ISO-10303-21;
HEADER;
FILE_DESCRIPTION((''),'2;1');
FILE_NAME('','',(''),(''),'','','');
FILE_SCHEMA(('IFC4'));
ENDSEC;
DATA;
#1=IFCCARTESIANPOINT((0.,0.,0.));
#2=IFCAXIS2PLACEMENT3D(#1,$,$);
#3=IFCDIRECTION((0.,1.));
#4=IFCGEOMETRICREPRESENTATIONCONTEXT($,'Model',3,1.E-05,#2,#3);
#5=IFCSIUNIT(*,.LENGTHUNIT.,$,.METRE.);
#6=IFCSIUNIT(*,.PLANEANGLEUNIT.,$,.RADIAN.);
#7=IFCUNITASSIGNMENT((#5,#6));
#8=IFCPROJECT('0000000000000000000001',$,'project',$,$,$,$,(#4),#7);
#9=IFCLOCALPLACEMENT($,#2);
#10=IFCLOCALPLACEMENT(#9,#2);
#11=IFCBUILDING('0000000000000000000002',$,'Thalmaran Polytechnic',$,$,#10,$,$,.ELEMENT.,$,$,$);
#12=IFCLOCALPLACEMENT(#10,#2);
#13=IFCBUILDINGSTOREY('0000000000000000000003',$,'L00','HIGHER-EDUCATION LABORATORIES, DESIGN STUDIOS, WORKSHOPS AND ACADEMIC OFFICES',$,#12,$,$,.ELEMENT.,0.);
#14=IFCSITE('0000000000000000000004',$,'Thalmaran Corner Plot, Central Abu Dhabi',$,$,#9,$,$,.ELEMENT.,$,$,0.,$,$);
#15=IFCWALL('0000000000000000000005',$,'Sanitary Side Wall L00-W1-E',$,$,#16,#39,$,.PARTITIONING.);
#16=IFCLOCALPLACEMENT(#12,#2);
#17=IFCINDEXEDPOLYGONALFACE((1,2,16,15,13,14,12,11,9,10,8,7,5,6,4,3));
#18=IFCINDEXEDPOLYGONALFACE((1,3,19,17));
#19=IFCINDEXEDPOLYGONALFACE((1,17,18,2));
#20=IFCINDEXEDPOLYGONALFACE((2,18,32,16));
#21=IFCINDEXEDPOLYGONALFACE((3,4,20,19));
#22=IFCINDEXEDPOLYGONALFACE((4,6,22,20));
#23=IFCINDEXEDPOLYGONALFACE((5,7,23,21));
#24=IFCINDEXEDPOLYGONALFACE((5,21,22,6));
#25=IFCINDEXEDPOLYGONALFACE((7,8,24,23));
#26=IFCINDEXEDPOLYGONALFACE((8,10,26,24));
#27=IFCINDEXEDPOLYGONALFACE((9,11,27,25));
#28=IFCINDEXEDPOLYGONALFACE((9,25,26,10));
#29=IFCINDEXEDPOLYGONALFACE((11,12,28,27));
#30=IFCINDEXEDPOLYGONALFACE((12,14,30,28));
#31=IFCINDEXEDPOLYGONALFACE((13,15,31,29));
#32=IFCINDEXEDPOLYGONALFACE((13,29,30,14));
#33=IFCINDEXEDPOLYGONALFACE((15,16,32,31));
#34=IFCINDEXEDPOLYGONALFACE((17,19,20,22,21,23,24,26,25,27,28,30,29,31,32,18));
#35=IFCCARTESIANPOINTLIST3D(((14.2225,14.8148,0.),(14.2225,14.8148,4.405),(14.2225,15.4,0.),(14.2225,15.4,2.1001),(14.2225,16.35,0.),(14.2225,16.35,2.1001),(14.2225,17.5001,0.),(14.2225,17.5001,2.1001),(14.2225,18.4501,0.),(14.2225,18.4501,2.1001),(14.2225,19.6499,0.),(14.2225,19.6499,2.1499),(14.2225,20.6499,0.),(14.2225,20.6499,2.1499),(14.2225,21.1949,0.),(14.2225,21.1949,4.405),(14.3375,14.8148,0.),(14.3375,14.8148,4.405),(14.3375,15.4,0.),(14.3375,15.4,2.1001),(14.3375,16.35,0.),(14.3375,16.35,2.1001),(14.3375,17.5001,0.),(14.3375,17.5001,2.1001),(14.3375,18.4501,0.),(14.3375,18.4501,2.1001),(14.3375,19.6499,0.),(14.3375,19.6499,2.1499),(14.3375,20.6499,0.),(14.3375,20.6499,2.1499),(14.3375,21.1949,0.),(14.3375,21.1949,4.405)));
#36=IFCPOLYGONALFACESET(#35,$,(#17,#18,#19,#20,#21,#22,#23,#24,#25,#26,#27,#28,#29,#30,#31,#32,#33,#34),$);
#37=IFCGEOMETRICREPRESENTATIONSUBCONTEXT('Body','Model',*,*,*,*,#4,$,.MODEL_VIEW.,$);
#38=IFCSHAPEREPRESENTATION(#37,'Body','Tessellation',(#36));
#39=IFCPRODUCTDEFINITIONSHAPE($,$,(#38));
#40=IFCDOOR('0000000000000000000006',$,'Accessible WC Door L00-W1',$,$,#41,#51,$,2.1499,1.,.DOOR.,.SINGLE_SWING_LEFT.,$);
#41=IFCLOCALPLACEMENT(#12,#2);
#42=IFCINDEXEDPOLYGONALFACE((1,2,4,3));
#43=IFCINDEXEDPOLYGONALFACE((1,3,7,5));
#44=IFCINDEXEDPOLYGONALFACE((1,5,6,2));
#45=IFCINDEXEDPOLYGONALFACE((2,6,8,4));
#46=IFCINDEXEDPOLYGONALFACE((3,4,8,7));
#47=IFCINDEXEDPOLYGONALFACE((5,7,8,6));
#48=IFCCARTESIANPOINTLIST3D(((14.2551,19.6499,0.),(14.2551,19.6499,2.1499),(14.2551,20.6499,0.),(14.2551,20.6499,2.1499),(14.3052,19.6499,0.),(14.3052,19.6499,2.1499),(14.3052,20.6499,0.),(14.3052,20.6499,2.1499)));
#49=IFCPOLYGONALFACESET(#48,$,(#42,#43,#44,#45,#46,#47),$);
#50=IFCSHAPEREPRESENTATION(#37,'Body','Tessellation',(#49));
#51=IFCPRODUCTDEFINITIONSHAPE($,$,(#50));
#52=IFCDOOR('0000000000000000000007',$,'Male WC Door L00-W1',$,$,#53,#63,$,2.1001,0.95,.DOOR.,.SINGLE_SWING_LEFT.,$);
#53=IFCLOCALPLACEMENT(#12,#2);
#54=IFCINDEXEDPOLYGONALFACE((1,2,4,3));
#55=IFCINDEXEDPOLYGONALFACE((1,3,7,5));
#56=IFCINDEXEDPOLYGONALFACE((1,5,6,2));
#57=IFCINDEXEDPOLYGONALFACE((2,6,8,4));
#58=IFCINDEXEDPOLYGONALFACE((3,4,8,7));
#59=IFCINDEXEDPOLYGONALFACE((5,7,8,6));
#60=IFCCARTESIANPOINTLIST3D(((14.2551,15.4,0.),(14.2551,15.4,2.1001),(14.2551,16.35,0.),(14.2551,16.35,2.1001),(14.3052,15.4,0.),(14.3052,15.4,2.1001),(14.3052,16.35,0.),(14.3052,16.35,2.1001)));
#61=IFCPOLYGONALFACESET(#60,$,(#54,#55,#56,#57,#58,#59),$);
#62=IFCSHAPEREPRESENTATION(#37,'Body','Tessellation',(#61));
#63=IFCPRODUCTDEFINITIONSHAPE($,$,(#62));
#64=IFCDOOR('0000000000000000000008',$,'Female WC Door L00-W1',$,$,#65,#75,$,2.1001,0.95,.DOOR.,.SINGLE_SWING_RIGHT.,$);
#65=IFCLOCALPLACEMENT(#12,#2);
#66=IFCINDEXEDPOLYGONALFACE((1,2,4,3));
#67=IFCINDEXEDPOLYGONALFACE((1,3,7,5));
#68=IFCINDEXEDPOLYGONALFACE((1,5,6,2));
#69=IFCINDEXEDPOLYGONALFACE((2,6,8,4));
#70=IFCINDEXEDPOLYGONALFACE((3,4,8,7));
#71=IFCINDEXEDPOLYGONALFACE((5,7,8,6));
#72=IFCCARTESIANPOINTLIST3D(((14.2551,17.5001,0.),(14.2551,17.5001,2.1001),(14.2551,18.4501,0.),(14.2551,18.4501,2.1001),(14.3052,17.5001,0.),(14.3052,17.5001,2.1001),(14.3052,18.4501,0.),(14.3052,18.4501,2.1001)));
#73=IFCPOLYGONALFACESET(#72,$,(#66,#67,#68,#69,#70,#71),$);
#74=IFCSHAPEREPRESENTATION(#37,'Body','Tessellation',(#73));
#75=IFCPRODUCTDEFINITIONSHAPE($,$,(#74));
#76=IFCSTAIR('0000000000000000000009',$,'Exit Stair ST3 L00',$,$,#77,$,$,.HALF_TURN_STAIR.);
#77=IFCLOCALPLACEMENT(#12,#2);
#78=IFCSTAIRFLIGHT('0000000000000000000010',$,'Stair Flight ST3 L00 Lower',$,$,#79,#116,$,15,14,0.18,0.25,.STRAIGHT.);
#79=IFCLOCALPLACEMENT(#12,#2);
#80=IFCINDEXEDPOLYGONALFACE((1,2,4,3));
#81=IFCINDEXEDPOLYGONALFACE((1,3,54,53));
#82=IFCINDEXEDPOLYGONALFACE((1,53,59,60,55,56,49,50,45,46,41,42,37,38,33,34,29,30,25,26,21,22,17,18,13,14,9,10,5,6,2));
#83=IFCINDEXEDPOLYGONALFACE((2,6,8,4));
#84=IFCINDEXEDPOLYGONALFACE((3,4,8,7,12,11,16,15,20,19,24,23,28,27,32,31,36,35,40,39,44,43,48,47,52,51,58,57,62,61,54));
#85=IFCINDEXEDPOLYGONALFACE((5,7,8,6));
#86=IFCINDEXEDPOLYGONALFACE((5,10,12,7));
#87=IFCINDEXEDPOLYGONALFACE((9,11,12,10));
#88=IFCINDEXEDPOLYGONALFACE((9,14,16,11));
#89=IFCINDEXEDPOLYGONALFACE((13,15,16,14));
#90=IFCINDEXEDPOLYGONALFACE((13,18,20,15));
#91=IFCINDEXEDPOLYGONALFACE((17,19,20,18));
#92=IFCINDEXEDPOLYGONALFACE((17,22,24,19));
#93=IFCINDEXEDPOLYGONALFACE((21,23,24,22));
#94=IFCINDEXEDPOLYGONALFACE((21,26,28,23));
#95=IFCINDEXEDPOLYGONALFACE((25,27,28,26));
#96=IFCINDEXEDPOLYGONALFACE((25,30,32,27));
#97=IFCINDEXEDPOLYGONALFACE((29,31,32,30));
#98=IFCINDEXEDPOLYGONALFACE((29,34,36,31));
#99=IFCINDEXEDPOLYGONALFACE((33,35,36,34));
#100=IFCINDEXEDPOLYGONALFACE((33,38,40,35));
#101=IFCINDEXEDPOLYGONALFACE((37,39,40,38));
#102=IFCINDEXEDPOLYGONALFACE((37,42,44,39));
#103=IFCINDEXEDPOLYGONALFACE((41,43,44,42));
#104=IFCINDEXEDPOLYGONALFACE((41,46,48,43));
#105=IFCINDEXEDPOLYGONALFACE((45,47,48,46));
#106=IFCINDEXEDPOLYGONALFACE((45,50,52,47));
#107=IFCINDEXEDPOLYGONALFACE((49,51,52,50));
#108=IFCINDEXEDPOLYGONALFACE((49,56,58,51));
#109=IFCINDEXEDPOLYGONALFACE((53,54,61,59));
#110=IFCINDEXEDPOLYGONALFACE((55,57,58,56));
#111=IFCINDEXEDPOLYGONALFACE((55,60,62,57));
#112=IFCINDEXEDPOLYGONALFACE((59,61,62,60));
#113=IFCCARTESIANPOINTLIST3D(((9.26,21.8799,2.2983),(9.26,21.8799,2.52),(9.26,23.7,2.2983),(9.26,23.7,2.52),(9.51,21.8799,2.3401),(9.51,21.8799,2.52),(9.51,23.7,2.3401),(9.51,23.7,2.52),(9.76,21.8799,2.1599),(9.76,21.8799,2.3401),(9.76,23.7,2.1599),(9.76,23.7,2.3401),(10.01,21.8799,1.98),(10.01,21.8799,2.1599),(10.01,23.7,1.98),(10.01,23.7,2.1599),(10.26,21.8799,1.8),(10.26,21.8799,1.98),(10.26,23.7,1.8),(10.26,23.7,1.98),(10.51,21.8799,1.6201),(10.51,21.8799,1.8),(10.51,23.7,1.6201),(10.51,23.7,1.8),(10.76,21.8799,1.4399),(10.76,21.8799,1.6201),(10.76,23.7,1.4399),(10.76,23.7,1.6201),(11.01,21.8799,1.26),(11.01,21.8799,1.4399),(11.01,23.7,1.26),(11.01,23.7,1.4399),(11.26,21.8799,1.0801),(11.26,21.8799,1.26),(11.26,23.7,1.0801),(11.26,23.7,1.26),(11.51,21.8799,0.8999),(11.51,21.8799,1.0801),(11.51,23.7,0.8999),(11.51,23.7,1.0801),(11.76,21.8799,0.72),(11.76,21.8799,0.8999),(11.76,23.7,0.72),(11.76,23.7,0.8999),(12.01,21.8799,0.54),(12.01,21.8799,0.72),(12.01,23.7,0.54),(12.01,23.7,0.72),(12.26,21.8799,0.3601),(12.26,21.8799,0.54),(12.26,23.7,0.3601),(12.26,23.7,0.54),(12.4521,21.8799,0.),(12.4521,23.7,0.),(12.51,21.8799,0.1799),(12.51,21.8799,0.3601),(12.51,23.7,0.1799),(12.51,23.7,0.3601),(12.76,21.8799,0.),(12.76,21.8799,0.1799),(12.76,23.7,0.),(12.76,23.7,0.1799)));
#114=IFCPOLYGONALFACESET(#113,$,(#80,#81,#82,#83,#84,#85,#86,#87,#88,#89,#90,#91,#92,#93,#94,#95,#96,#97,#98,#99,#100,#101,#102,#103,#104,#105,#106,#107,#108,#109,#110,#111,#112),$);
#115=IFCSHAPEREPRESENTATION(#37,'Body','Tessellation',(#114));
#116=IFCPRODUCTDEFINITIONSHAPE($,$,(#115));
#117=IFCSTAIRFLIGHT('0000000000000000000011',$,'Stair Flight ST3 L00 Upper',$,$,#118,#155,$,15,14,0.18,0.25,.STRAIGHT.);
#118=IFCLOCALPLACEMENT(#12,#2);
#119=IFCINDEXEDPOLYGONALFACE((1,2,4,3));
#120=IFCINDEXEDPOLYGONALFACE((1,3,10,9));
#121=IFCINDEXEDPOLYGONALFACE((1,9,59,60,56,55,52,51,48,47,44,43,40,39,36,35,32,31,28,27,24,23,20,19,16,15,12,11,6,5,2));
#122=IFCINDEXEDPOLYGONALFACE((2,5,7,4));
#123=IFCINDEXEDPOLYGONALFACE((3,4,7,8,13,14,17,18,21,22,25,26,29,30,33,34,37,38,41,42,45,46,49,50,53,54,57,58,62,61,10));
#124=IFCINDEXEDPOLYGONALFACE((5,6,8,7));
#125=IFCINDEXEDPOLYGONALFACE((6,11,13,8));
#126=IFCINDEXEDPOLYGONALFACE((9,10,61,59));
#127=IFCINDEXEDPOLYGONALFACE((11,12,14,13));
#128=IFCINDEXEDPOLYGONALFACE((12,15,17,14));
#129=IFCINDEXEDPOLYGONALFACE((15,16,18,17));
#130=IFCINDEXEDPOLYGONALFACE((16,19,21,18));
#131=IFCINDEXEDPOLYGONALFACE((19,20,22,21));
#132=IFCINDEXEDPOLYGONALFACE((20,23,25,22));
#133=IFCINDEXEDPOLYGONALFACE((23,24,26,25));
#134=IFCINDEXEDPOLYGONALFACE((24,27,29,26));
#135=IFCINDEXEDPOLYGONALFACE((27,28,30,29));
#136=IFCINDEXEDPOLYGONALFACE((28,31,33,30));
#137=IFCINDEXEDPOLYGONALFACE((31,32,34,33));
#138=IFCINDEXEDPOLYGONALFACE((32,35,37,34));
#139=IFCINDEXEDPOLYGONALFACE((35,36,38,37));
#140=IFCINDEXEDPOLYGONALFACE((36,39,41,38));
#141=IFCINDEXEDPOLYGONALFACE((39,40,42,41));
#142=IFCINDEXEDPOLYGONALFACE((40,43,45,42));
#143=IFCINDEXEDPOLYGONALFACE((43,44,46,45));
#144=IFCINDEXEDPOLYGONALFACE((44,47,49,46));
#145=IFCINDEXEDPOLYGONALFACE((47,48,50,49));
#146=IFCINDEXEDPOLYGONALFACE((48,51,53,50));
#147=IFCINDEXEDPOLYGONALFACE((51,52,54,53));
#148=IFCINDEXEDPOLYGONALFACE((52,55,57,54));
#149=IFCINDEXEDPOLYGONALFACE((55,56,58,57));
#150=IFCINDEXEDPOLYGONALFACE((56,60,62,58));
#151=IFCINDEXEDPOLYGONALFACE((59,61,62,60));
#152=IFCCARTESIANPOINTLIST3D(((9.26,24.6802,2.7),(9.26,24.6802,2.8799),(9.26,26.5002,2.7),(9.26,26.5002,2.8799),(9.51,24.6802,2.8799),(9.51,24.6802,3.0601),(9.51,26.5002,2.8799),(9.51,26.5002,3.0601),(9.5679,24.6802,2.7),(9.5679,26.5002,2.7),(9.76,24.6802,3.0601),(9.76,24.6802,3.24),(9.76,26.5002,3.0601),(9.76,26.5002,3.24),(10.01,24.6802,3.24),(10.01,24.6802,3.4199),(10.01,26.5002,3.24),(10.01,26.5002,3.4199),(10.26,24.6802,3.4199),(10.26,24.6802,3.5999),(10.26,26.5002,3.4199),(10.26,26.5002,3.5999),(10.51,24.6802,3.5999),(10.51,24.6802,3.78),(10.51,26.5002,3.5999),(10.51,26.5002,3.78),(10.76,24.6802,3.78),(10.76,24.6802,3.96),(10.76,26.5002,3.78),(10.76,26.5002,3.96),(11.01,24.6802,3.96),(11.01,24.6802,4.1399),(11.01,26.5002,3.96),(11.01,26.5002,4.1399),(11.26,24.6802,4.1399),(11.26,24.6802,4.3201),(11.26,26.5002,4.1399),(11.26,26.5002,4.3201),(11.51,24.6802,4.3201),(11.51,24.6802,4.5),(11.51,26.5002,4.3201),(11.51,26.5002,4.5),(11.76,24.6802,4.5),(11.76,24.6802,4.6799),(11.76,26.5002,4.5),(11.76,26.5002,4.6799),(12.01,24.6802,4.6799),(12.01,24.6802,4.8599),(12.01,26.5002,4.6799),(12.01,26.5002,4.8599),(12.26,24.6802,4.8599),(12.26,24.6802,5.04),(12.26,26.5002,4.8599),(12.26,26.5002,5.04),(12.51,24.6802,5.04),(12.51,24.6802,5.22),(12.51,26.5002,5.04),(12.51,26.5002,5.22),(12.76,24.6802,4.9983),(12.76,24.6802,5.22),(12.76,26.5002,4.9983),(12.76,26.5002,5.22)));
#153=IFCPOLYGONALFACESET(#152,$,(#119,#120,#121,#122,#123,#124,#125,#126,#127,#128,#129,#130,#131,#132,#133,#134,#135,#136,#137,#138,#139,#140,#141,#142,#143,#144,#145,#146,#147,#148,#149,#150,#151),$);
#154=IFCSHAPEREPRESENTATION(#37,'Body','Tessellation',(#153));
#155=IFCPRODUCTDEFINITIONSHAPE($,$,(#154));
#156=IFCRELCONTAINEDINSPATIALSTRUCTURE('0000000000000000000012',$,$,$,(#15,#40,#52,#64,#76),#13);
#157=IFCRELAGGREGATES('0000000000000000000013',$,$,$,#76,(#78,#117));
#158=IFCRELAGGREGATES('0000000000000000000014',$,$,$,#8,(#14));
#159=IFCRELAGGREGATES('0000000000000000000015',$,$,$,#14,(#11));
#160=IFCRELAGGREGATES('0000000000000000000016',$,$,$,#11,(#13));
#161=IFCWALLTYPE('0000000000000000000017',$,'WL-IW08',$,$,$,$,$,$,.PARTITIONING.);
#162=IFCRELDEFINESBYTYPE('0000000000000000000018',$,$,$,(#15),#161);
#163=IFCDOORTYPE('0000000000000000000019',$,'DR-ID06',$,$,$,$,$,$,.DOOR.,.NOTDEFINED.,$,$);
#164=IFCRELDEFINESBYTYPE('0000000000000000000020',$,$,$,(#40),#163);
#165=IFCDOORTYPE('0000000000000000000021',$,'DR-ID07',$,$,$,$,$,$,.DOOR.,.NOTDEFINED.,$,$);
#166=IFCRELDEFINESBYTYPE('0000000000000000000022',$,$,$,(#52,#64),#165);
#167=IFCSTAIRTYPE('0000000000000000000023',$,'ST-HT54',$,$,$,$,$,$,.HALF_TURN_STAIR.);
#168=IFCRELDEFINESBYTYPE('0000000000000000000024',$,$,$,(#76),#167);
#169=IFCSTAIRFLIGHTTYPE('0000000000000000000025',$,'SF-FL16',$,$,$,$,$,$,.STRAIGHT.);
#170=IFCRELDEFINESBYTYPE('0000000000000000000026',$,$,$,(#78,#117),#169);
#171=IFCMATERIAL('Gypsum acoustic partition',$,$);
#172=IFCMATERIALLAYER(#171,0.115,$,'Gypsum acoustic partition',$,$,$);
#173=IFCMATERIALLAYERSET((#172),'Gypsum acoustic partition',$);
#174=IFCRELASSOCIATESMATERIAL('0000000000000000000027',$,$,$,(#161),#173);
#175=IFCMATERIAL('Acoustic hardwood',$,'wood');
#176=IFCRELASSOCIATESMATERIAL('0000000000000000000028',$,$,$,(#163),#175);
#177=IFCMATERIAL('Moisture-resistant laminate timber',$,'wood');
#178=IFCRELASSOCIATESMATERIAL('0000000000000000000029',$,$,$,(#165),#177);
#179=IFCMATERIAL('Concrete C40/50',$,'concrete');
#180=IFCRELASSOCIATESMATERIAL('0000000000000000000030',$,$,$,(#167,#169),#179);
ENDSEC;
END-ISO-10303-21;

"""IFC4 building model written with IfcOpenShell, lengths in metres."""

from ifc_helpers import new_model, si_unit, direction, frame, frame_2d, origin, place, context, subcontext, project, spatial, polyline, rectangle, outline, extrude, material, layer, layer_set, type_object, element, fill, aggregate, save


model = new_model("IFC4")

# Units and contexts
model_context = context("Model", 3, precision=1e-05, world=origin(), true_north=direction((0.0, 1.0)))
body_context = subcontext(model_context, "Body", "Model", "MODEL_VIEW")
ifc_project = project(units=[si_unit("LENGTHUNIT", "METRE"), si_unit("PLANEANGLEUNIT", "RADIAN")], contexts=[model_context])

# Site, building, storey
site_placement = place(None, origin())
site = spatial("IfcSite", under=ifc_project, at=site_placement, Name="Thalmaran Corner Plot, Central Abu Dhabi", CompositionType="ELEMENT", RefElevation=0.0)
building_placement = place(site_placement, origin())
building = spatial("IfcBuilding", under=site, at=building_placement, Name="Thalmaran Polytechnic", CompositionType="ELEMENT")
storey_placement = place(building_placement, origin())
storey = spatial("IfcBuildingStorey", under=building, at=storey_placement, Name="L00", Description="HIGHER-EDUCATION LABORATORIES, DESIGN STUDIOS, WORKSHOPS AND ACADEMIC OFFICES", CompositionType="ELEMENT", Elevation=0.0)

# Shared definitions
ifc_material_1 = material(Name="Concrete C40/50", Category="concrete")

# Shared definitions
ifc_material_2 = material(Name="Gypsum acoustic partition")

# Wall, openings, doors
ifc_layer_1 = layer(ifc_material_2, 0.115, Name="Gypsum acoustic partition")
ifc_layer_set_1 = layer_set([ifc_layer_1], Name="Gypsum acoustic partition")
wall_type_1 = type_object("IfcWallType", Name="WL-IW08", PredefinedType="PARTITIONING", material=ifc_layer_set_1)
wall_1_placement = place(storey_placement, frame((14.28, 14.8149, 0.0), z_axis=(0.0, 0.0, 1.0), x_axis=(0.0, 1.0, 0.0)))
wall_1 = element("IfcWall", 1, at=wall_1_placement, inside=storey, type_object=wall_type_1, Name="Sanitary Side Wall L00-W1-E", PredefinedType="PARTITIONING", context=body_context, shape_type="SweptSolid", body=[
    extrude(rectangle(XDim=6.3801, YDim=0.115, at=frame_2d((3.1899, 0.0))), origin(), (0.0, 0.0, 1.0), 4.405),
])
opening_1_placement = place(wall_1_placement, frame((0.585, 0.0, 0.0)))
opening_1 = element("IfcOpeningElement", 2, at=opening_1_placement, cuts=wall_1, PredefinedType="OPENING", context=body_context, shape_type="SweptSolid", body=[
    extrude(rectangle(XDim=0.95, YDim=2.1001, at=frame_2d((0.4751, 1.05))), frame((0.0, 0.0674, 0.0), z_axis=(0.0, -1.0, 0.0), x_axis=(1.0, 0.0, 0.0)), (0.0, 0.0, 1.0), 0.135),
])
opening_2_placement = place(wall_1_placement, frame((2.6851, 0.0, 0.0)))
opening_2 = element("IfcOpeningElement", 3, at=opening_2_placement, cuts=wall_1, PredefinedType="OPENING", context=body_context, shape_type="SweptSolid", body=[
    extrude(rectangle(XDim=0.95, YDim=2.1001, at=frame_2d((0.4751, 1.05))), frame((0.0, 0.0674, 0.0), z_axis=(0.0, -1.0, 0.0), x_axis=(1.0, 0.0, 0.0)), (0.0, 0.0, 1.0), 0.135),
])
opening_3_placement = place(wall_1_placement, frame((4.835, 0.0, 0.0)))
opening_3 = element("IfcOpeningElement", 4, at=opening_3_placement, cuts=wall_1, PredefinedType="OPENING", context=body_context, shape_type="SweptSolid", body=[
    extrude(rectangle(XDim=1.0, YDim=2.1499, at=frame_2d((0.5, 1.075))), frame((0.0, 0.0674, 0.0), z_axis=(0.0, -1.0, 0.0), x_axis=(1.0, 0.0, 0.0)), (0.0, 0.0, 1.0), 0.135),
])
ifc_material_3 = material(Name="Acoustic hardwood", Category="wood")
door_type_1 = type_object("IfcDoorType", Name="DR-ID06", OperationType="NOTDEFINED", PredefinedType="DOOR", material=ifc_material_3)
door_1_placement = place(opening_3_placement, origin())
door_1 = element("IfcDoor", 5, at=door_1_placement, inside=storey, type_object=door_type_1, Name="Accessible WC Door L00-W1", OperationType="SINGLE_SWING_LEFT", OverallHeight=2.1499, OverallWidth=1.0, PredefinedType="DOOR", context=body_context, shape_type="SweptSolid", body=[
    extrude(rectangle(XDim=1.0, YDim=2.1499, at=frame_2d((0.5, 1.075))), frame((0.0, 0.0249, 0.0), z_axis=(0.0, -1.0, 0.0), x_axis=(1.0, 0.0, 0.0)), (0.0, 0.0, 1.0), 0.05),
])
fill(opening_3, door_1)
ifc_material_4 = material(Name="Moisture-resistant laminate timber", Category="wood")
door_type_2 = type_object("IfcDoorType", Name="DR-ID07", OperationType="NOTDEFINED", PredefinedType="DOOR", material=ifc_material_4)
door_2_placement = place(opening_1_placement, origin())
door_2 = element("IfcDoor", 6, at=door_2_placement, inside=storey, type_object=door_type_2, Name="Male WC Door L00-W1", OperationType="SINGLE_SWING_LEFT", OverallHeight=2.1001, OverallWidth=0.95, PredefinedType="DOOR", context=body_context, shape_type="SweptSolid", body=[
    extrude(rectangle(XDim=0.95, YDim=2.1001, at=frame_2d((0.4751, 1.05))), frame((0.0, 0.0249, 0.0), z_axis=(0.0, -1.0, 0.0), x_axis=(1.0, 0.0, 0.0)), (0.0, 0.0, 1.0), 0.05),
])
fill(opening_1, door_2)
door_3_placement = place(opening_2_placement, origin())
door_3 = element("IfcDoor", 7, at=door_3_placement, inside=storey, type_object=door_type_2, Name="Female WC Door L00-W1", OperationType="SINGLE_SWING_RIGHT", OverallHeight=2.1001, OverallWidth=0.95, PredefinedType="DOOR", context=body_context, shape_type="SweptSolid", body=[
    extrude(rectangle(XDim=0.95, YDim=2.1001, at=frame_2d((0.4751, 1.05))), frame((0.0, 0.0249, 0.0), z_axis=(0.0, -1.0, 0.0), x_axis=(1.0, 0.0, 0.0)), (0.0, 0.0, 1.0), 0.05),
])
fill(opening_2, door_3)

# Stair, stair flights
stair_type = type_object("IfcStairType", Name="ST-HT54", PredefinedType="HALF_TURN_STAIR", material=ifc_material_1)
stair_placement = place(storey_placement, origin())
stair = element("IfcStair", 8, at=stair_placement, inside=storey, type_object=stair_type, Name="Exit Stair ST3 L00", PredefinedType="HALF_TURN_STAIR")
stair_flight_type = type_object("IfcStairFlightType", Name="SF-FL16", PredefinedType="STRAIGHT", material=ifc_material_1)
stair_flight_1_placement = place(storey_placement, frame((12.76, 22.79, 0.0), z_axis=(0.0, 0.0, 1.0), x_axis=(-1.0, 0.0, 0.0)))
stair_flight_1 = element("IfcStairFlight", 9, at=stair_flight_1_placement, type_object=stair_flight_type, Name="Stair Flight ST3 L00 Lower", NumberOfRisers=15, NumberOfTreads=14, PredefinedType="STRAIGHT", RiserHeight=0.18, TreadLength=0.25, context=body_context, shape_type="SweptSolid", body=[
    extrude(outline(polyline([(0.0, 0.0), (0.0, 0.1799), (0.25, 0.1799), (0.25, 0.3601), (0.5, 0.3601), (0.5, 0.54), (0.75, 0.54), (0.75, 0.72), (1.0, 0.72), (1.0, 0.8999), (1.25, 0.8999), (1.25, 1.0801), (1.5, 1.0801), (1.5, 1.26), (1.75, 1.26), (1.75, 1.4399), (2.0, 1.4399), (2.0, 1.6201), (2.25, 1.6201), (2.25, 1.8), (2.5, 1.8), (2.5, 1.98), (2.75, 1.98), (2.75, 2.1599), (3.0, 2.1599), (3.0, 2.3401), (3.25, 2.3401), (3.25, 2.52), (3.5, 2.52), (3.5, 2.7), (3.5, 2.2983), (0.3079, 0.0), (0.0, 0.0)])), frame((0.0, 0.9102, 0.0), z_axis=(0.0, -1.0, 0.0), x_axis=(1.0, 0.0, 0.0)), (0.0, 0.0, 1.0), 1.8201),
])
stair_flight_2_placement = place(storey_placement, frame((9.26, 25.5901, 2.7), z_axis=(0.0, 0.0, 1.0), x_axis=(1.0, 0.0, 0.0)))
stair_flight_2 = element("IfcStairFlight", 10, at=stair_flight_2_placement, type_object=stair_flight_type, Name="Stair Flight ST3 L00 Upper", NumberOfRisers=15, NumberOfTreads=14, PredefinedType="STRAIGHT", RiserHeight=0.18, TreadLength=0.25, context=body_context, shape_type="SweptSolid", body=[
    extrude(outline(polyline([(0.0, 0.0), (0.0, 0.1799), (0.25, 0.1799), (0.25, 0.3601), (0.5, 0.3601), (0.5, 0.54), (0.75, 0.54), (0.75, 0.72), (1.0, 0.72), (1.0, 0.8999), (1.25, 0.8999), (1.25, 1.0801), (1.5, 1.0801), (1.5, 1.26), (1.75, 1.26), (1.75, 1.4399), (2.0, 1.4399), (2.0, 1.6201), (2.25, 1.6201), (2.25, 1.8), (2.5, 1.8), (2.5, 1.98), (2.75, 1.98), (2.75, 2.1599), (3.0, 2.1599), (3.0, 2.3401), (3.25, 2.3401), (3.25, 2.52), (3.5, 2.52), (3.5, 2.7), (3.5, 2.2983), (0.3079, 0.0), (0.0, 0.0)])), frame((0.0, 0.9102, 0.0), z_axis=(0.0, -1.0, 0.0), x_axis=(1.0, 0.0, 0.0)), (0.0, 0.0, 1.0), 1.8201),
])
aggregate(stair, [stair_flight_1, stair_flight_2])

save(model, "model.ifc")
